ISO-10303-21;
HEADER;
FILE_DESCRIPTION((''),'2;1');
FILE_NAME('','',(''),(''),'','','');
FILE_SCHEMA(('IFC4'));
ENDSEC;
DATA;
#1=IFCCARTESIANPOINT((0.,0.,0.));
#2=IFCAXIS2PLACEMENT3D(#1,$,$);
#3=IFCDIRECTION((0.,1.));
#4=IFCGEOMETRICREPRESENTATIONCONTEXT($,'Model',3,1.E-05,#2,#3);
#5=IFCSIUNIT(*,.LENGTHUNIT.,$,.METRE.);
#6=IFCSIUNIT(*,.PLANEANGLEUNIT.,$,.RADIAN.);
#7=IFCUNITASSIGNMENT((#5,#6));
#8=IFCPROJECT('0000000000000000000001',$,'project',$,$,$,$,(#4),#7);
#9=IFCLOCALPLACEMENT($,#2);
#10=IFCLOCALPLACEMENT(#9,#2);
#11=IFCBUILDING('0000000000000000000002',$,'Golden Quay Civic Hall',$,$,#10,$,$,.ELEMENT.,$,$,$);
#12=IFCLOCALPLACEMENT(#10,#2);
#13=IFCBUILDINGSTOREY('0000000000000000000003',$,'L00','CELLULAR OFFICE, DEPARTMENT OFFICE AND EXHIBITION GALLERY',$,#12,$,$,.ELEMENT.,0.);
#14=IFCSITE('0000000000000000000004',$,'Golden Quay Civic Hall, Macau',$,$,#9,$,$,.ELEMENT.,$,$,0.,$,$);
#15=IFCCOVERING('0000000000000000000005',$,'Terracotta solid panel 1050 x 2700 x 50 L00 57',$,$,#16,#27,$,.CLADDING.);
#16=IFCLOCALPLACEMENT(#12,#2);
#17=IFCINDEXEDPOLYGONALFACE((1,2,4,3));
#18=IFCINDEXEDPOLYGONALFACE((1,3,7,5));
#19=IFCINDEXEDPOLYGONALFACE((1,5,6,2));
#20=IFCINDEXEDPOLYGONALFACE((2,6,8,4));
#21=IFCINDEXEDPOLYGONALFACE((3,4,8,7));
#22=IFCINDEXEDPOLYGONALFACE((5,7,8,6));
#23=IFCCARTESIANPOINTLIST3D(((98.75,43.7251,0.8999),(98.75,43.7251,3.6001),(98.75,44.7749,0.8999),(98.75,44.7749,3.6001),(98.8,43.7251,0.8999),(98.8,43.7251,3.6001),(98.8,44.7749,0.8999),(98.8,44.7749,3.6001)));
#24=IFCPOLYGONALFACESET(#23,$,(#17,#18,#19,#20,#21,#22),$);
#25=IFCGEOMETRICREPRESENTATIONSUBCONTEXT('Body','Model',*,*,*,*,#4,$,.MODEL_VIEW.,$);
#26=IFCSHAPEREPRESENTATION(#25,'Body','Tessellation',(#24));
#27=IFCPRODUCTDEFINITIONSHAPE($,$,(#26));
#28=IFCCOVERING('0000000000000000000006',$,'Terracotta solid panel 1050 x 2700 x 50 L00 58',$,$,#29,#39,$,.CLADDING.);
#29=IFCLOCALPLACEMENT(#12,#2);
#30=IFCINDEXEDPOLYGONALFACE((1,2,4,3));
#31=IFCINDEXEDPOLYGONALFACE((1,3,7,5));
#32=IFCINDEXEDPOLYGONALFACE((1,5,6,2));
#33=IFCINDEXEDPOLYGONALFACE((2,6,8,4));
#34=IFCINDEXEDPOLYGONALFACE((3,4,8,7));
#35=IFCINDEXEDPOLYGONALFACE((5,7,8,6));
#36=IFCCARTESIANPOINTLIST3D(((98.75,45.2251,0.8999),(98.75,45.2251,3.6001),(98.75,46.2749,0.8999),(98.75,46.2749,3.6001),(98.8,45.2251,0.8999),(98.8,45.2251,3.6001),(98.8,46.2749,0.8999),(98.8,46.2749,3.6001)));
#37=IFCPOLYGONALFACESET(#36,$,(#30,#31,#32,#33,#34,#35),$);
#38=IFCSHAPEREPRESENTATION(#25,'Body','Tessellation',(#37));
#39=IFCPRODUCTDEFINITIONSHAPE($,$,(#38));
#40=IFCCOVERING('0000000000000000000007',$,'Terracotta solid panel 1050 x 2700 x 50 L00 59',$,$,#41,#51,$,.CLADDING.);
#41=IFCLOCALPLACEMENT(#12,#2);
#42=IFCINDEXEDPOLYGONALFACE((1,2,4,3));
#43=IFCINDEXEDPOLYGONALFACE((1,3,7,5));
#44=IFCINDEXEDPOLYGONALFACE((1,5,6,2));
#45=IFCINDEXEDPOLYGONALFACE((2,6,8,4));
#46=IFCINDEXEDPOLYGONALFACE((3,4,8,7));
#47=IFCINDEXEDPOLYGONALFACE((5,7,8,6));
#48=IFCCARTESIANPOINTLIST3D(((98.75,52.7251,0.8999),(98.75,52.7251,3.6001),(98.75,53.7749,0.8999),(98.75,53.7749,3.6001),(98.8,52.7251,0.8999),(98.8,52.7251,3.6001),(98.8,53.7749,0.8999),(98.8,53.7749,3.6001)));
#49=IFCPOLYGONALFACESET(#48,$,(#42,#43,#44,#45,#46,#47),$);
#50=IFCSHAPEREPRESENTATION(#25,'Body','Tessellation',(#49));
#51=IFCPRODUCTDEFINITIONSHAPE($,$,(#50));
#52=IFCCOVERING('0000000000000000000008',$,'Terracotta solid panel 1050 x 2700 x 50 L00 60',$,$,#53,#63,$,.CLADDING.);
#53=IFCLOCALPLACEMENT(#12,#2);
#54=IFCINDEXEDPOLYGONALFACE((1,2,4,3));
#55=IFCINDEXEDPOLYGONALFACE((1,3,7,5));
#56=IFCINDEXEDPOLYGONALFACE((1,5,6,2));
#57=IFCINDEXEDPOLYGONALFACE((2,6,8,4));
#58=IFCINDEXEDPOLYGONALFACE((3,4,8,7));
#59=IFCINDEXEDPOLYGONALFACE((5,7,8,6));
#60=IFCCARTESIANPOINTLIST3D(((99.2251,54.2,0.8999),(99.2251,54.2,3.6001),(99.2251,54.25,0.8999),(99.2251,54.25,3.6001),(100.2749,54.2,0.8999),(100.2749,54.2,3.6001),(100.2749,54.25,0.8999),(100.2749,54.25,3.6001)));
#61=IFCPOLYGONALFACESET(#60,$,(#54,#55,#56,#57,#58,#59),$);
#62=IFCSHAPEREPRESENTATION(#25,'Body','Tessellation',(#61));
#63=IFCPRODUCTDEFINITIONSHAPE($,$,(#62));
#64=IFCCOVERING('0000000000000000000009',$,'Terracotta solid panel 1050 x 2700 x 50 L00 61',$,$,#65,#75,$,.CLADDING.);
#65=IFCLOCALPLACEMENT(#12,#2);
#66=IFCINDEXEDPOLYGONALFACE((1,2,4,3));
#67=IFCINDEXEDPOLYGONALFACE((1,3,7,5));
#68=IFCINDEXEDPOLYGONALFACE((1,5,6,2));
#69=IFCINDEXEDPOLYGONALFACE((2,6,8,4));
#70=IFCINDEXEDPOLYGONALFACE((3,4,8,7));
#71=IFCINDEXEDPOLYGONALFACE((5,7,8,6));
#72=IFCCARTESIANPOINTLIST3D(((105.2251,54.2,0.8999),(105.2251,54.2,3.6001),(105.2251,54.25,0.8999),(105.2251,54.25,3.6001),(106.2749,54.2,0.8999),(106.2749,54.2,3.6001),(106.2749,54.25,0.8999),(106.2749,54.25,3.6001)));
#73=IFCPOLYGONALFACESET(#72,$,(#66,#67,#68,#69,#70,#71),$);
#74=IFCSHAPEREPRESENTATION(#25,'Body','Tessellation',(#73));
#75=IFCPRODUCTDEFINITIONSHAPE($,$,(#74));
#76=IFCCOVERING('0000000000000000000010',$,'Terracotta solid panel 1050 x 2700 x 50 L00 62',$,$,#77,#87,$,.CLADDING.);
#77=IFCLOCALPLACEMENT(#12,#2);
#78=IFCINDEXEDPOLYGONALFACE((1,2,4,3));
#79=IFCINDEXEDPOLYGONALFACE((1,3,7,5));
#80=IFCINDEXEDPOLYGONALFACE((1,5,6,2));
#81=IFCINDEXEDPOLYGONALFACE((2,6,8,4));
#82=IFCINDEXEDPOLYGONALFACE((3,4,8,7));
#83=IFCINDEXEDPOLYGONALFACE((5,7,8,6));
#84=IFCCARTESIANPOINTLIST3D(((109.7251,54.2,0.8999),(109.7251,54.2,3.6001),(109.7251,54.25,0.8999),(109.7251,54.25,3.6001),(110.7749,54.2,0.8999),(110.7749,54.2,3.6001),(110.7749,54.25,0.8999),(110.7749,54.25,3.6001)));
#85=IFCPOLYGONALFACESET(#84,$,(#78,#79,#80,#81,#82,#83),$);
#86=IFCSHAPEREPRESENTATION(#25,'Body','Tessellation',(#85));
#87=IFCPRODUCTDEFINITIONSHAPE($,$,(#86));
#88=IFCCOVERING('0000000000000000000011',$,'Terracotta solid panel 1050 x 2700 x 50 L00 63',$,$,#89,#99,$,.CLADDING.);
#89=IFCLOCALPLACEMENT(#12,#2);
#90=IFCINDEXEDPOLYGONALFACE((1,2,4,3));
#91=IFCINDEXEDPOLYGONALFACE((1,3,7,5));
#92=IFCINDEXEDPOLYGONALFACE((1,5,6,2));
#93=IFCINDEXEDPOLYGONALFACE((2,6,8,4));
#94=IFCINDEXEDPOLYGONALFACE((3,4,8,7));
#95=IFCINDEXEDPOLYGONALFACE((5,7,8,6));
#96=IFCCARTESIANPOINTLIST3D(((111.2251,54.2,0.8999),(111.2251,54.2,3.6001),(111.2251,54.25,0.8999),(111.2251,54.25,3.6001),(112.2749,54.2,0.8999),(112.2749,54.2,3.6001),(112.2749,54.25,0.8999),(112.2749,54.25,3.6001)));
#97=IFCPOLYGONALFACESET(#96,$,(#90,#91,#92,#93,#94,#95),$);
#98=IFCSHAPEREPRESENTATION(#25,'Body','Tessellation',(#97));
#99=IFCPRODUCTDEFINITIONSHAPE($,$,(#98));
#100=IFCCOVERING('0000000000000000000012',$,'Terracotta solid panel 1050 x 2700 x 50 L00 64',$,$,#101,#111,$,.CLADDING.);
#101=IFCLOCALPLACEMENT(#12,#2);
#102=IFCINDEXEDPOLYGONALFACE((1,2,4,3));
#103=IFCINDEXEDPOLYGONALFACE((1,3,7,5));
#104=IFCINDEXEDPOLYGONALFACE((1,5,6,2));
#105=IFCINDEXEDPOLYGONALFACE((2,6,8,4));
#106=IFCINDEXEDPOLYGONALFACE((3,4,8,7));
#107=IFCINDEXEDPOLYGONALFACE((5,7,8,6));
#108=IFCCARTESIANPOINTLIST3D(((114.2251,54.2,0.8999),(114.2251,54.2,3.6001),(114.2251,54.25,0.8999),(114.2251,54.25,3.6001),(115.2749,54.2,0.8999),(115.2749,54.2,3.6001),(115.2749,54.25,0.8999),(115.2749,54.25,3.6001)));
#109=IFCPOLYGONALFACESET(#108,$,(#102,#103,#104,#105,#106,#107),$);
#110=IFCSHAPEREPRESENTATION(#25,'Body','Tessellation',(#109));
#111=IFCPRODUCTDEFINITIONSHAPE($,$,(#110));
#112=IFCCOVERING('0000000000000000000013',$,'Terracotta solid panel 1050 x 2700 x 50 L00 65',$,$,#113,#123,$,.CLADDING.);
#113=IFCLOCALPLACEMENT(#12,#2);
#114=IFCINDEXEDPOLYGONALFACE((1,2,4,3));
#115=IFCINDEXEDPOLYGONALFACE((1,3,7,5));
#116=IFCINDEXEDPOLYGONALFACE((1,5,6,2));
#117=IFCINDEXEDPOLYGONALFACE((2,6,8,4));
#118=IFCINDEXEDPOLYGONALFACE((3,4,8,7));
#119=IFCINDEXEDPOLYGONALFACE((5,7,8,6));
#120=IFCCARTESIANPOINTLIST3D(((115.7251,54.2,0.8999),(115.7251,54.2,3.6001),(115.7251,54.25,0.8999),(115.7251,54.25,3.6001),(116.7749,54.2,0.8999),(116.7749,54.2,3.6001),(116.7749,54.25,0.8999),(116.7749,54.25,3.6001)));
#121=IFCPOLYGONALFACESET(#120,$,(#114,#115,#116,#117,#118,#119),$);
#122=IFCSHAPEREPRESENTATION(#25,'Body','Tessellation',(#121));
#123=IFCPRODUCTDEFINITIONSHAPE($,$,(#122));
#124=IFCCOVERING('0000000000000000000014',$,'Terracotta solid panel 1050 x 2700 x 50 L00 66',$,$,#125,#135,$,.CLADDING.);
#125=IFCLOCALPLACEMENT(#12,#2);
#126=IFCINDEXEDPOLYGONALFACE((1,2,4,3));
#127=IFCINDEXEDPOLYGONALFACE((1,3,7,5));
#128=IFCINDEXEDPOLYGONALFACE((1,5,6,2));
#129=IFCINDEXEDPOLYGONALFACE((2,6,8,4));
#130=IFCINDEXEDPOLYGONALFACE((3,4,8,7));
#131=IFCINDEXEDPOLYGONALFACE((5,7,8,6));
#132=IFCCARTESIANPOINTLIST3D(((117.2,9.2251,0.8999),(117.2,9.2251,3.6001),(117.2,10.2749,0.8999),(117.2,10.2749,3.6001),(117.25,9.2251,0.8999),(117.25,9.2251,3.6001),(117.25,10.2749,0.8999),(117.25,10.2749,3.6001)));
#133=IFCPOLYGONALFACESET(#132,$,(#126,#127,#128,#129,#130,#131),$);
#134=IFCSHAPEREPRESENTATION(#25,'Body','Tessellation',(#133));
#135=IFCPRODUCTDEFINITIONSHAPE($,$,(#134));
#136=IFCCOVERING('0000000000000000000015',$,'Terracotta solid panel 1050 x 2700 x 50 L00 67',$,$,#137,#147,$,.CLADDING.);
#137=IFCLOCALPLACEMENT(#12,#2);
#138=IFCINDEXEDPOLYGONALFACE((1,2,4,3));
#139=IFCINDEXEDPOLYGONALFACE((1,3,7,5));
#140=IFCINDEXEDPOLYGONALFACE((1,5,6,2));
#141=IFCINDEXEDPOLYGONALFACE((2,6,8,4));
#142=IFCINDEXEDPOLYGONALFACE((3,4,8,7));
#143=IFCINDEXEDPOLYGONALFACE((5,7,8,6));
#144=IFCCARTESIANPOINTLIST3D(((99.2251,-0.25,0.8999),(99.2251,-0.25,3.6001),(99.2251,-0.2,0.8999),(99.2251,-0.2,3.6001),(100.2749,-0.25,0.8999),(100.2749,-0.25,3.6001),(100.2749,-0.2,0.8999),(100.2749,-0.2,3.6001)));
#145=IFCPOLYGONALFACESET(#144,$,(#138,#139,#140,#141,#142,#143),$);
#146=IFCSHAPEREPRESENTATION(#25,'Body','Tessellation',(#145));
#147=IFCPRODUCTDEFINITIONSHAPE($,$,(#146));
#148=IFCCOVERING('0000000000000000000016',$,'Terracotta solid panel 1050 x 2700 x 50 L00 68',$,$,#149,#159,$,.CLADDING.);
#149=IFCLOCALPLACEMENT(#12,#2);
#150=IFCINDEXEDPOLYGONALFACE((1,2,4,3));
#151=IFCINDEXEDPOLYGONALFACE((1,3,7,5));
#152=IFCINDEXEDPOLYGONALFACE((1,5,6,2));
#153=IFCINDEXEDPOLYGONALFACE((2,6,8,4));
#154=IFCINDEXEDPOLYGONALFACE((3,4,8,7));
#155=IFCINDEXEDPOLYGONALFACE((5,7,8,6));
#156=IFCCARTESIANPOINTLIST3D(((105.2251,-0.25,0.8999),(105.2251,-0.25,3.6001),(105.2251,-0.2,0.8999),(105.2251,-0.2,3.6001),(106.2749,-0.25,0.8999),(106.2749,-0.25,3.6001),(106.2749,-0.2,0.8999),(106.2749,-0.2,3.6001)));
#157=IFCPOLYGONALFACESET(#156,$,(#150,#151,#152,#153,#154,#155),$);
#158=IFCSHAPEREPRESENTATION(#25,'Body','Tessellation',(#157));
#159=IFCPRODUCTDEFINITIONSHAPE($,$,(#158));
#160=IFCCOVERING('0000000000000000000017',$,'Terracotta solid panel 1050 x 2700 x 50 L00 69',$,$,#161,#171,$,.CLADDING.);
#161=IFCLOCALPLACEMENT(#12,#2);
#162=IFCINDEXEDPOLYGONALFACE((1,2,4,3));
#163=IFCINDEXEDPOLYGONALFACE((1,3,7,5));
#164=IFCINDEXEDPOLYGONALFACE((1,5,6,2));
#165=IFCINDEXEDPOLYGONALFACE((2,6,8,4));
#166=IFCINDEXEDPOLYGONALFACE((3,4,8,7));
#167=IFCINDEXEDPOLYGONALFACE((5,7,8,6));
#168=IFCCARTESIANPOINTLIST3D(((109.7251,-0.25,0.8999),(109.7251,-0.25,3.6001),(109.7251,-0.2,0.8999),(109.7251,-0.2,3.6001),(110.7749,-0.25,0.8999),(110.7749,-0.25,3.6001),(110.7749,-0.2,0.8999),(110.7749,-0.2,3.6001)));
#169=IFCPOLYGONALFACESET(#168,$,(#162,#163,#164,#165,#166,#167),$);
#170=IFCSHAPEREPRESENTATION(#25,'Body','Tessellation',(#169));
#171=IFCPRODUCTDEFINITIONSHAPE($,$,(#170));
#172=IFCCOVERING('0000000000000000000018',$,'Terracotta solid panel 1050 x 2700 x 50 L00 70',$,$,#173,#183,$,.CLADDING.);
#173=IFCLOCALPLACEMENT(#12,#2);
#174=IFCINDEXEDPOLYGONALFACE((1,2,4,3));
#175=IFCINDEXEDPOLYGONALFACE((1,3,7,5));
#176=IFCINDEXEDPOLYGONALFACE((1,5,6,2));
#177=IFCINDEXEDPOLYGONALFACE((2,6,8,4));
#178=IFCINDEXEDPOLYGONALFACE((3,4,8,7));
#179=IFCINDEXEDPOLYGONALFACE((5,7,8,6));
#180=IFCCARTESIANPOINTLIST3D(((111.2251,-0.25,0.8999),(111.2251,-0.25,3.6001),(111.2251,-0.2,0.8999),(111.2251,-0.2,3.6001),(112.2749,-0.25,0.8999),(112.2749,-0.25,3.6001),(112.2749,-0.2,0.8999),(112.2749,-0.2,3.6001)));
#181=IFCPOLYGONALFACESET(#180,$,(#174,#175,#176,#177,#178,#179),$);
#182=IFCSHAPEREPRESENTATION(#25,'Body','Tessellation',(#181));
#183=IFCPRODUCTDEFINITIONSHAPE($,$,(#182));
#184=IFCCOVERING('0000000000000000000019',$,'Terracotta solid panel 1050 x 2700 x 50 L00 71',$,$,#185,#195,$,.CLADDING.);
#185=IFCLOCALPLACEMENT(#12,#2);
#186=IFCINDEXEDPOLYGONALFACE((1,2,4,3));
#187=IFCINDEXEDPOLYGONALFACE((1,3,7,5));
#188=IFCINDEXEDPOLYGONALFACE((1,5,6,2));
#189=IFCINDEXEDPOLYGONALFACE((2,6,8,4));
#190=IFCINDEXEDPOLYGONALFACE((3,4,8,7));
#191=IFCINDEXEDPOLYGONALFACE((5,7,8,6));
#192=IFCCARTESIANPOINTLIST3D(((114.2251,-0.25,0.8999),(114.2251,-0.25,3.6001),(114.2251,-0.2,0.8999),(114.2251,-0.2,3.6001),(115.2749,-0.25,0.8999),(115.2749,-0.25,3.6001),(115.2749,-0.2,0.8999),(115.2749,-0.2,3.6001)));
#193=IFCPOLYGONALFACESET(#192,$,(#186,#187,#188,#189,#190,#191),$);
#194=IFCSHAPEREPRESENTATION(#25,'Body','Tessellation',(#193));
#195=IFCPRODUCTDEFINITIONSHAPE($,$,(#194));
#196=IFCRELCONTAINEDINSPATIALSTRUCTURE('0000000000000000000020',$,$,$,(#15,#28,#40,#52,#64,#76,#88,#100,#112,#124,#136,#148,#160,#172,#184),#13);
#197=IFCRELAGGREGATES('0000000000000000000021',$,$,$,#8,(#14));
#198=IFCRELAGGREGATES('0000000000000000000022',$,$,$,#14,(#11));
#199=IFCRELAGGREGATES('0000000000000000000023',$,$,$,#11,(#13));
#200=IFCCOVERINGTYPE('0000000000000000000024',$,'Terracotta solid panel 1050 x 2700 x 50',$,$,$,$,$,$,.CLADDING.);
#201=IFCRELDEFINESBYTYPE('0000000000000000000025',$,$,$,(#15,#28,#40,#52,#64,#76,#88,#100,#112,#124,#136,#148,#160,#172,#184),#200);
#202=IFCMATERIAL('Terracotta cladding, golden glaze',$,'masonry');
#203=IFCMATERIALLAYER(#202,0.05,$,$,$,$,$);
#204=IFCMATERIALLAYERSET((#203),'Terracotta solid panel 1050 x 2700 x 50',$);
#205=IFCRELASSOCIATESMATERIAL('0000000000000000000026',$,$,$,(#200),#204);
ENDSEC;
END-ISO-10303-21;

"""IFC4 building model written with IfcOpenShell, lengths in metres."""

from ifc_helpers import new_model, si_unit, direction, frame, origin, place, context, subcontext, project, spatial, polyline, outline, extrude, material, layer, layer_set, type_object, element, save


model = new_model("IFC4")

# Units and contexts
model_context = context("Model", 3, precision=1e-05, world=origin(), true_north=direction((0.0, 1.0)))
body_context = subcontext(model_context, "Body", "Model", "MODEL_VIEW")
ifc_project = project(units=[si_unit("LENGTHUNIT", "METRE"), si_unit("PLANEANGLEUNIT", "RADIAN")], contexts=[model_context])

# Site, building, storey
site_placement = place(None, origin())
site = spatial("IfcSite", under=ifc_project, at=site_placement, Name="Golden Quay Civic Hall, Macau", CompositionType="ELEMENT", RefElevation=0.0)
building_placement = place(site_placement, origin())
building = spatial("IfcBuilding", under=site, at=building_placement, Name="Golden Quay Civic Hall", CompositionType="ELEMENT")
storey_placement = place(building_placement, origin())
storey = spatial("IfcBuildingStorey", under=building, at=storey_placement, Name="L00", Description="CELLULAR OFFICE, DEPARTMENT OFFICE AND EXHIBITION GALLERY", CompositionType="ELEMENT", Elevation=0.0)

# Coverings
ifc_material_1 = material(Name="Terracotta cladding, golden glaze", Category="masonry")
ifc_layer_1 = layer(ifc_material_1, 0.05)
ifc_layer_set_1 = layer_set([ifc_layer_1], Name="Terracotta solid panel 1050 x 2700 x 50")
covering_type_1 = type_object("IfcCoveringType", Name="Terracotta solid panel 1050 x 2700 x 50", PredefinedType="CLADDING", material=ifc_layer_set_1)
covering_1_placement = place(storey_placement, frame((0.0, 0.0, 0.8999)))
element("IfcCovering", 1, at=covering_1_placement, inside=storey, type_object=covering_type_1, Name="Terracotta solid panel 1050 x 2700 x 50 L00 57", PredefinedType="CLADDING", context=body_context, shape_type="SweptSolid", body=[
    extrude(outline(polyline([(98.8, 43.7251), (98.8, 44.7749), (98.75, 44.7749), (98.75, 43.7251), (98.8, 43.7251)])), origin(), (0.0, 0.0, 1.0), 2.7002),
])
covering_2_placement = place(storey_placement, frame((0.0, 0.0, 0.8999)))
element("IfcCovering", 2, at=covering_2_placement, inside=storey, type_object=covering_type_1, Name="Terracotta solid panel 1050 x 2700 x 50 L00 58", PredefinedType="CLADDING", context=body_context, shape_type="SweptSolid", body=[
    extrude(outline(polyline([(98.8, 45.2251), (98.8, 46.2749), (98.75, 46.2749), (98.75, 45.2251), (98.8, 45.2251)])), origin(), (0.0, 0.0, 1.0), 2.7002),
])
covering_3_placement = place(storey_placement, frame((0.0, 0.0, 0.8999)))
element("IfcCovering", 3, at=covering_3_placement, inside=storey, type_object=covering_type_1, Name="Terracotta solid panel 1050 x 2700 x 50 L00 59", PredefinedType="CLADDING", context=body_context, shape_type="SweptSolid", body=[
    extrude(outline(polyline([(98.8, 52.7251), (98.8, 53.7749), (98.75, 53.7749), (98.75, 52.7251), (98.8, 52.7251)])), origin(), (0.0, 0.0, 1.0), 2.7002),
])
covering_4_placement = place(storey_placement, frame((0.0, 0.0, 0.8999)))
element("IfcCovering", 4, at=covering_4_placement, inside=storey, type_object=covering_type_1, Name="Terracotta solid panel 1050 x 2700 x 50 L00 60", PredefinedType="CLADDING", context=body_context, shape_type="SweptSolid", body=[
    extrude(outline(polyline([(99.2251, 54.2), (100.2749, 54.2), (100.2749, 54.25), (99.2251, 54.25), (99.2251, 54.2)])), origin(), (0.0, 0.0, 1.0), 2.7002),
])
covering_5_placement = place(storey_placement, frame((0.0, 0.0, 0.8999)))
element("IfcCovering", 5, at=covering_5_placement, inside=storey, type_object=covering_type_1, Name="Terracotta solid panel 1050 x 2700 x 50 L00 61", PredefinedType="CLADDING", context=body_context, shape_type="SweptSolid", body=[
    extrude(outline(polyline([(105.2251, 54.2), (106.2749, 54.2), (106.2749, 54.25), (105.2251, 54.25), (105.2251, 54.2)])), origin(), (0.0, 0.0, 1.0), 2.7002),
])
covering_6_placement = place(storey_placement, frame((0.0, 0.0, 0.8999)))
element("IfcCovering", 6, at=covering_6_placement, inside=storey, type_object=covering_type_1, Name="Terracotta solid panel 1050 x 2700 x 50 L00 62", PredefinedType="CLADDING", context=body_context, shape_type="SweptSolid", body=[
    extrude(outline(polyline([(109.7251, 54.2), (110.7749, 54.2), (110.7749, 54.25), (109.7251, 54.25), (109.7251, 54.2)])), origin(), (0.0, 0.0, 1.0), 2.7002),
])
covering_7_placement = place(storey_placement, frame((0.0, 0.0, 0.8999)))
element("IfcCovering", 7, at=covering_7_placement, inside=storey, type_object=covering_type_1, Name="Terracotta solid panel 1050 x 2700 x 50 L00 63", PredefinedType="CLADDING", context=body_context, shape_type="SweptSolid", body=[
    extrude(outline(polyline([(111.2251, 54.2), (112.2749, 54.2), (112.2749, 54.25), (111.2251, 54.25), (111.2251, 54.2)])), origin(), (0.0, 0.0, 1.0), 2.7002),
])
covering_8_placement = place(storey_placement, frame((0.0, 0.0, 0.8999)))
element("IfcCovering", 8, at=covering_8_placement, inside=storey, type_object=covering_type_1, Name="Terracotta solid panel 1050 x 2700 x 50 L00 64", PredefinedType="CLADDING", context=body_context, shape_type="SweptSolid", body=[
    extrude(outline(polyline([(114.2251, 54.2), (115.2749, 54.2), (115.2749, 54.25), (114.2251, 54.25), (114.2251, 54.2)])), origin(), (0.0, 0.0, 1.0), 2.7002),
])
covering_9_placement = place(storey_placement, frame((0.0, 0.0, 0.8999)))
element("IfcCovering", 9, at=covering_9_placement, inside=storey, type_object=covering_type_1, Name="Terracotta solid panel 1050 x 2700 x 50 L00 65", PredefinedType="CLADDING", context=body_context, shape_type="SweptSolid", body=[
    extrude(outline(polyline([(115.7251, 54.2), (116.7749, 54.2), (116.7749, 54.25), (115.7251, 54.25), (115.7251, 54.2)])), origin(), (0.0, 0.0, 1.0), 2.7002),
])
covering_10_placement = place(storey_placement, frame((0.0, 0.0, 0.8999)))
element("IfcCovering", 10, at=covering_10_placement, inside=storey, type_object=covering_type_1, Name="Terracotta solid panel 1050 x 2700 x 50 L00 66", PredefinedType="CLADDING", context=body_context, shape_type="SweptSolid", body=[
    extrude(outline(polyline([(117.2, 9.2251), (117.2, 10.2749), (117.25, 10.2749), (117.25, 9.2251), (117.2, 9.2251)])), origin(), (0.0, 0.0, 1.0), 2.7002),
])
covering_11_placement = place(storey_placement, frame((0.0, 0.0, 0.8999)))
element("IfcCovering", 11, at=covering_11_placement, inside=storey, type_object=covering_type_1, Name="Terracotta solid panel 1050 x 2700 x 50 L00 67", PredefinedType="CLADDING", context=body_context, shape_type="SweptSolid", body=[
    extrude(outline(polyline([(99.2251, -0.2), (100.2749, -0.2), (100.2749, -0.25), (99.2251, -0.25), (99.2251, -0.2)])), origin(), (0.0, 0.0, 1.0), 2.7002),
])
covering_12_placement = place(storey_placement, frame((0.0, 0.0, 0.8999)))
element("IfcCovering", 12, at=covering_12_placement, inside=storey, type_object=covering_type_1, Name="Terracotta solid panel 1050 x 2700 x 50 L00 68", PredefinedType="CLADDING", context=body_context, shape_type="SweptSolid", body=[
    extrude(outline(polyline([(105.2251, -0.2), (106.2749, -0.2), (106.2749, -0.25), (105.2251, -0.25), (105.2251, -0.2)])), origin(), (0.0, 0.0, 1.0), 2.7002),
])
covering_13_placement = place(storey_placement, frame((0.0, 0.0, 0.8999)))
element("IfcCovering", 13, at=covering_13_placement, inside=storey, type_object=covering_type_1, Name="Terracotta solid panel 1050 x 2700 x 50 L00 69", PredefinedType="CLADDING", context=body_context, shape_type="SweptSolid", body=[
    extrude(outline(polyline([(109.7251, -0.2), (110.7749, -0.2), (110.7749, -0.25), (109.7251, -0.25), (109.7251, -0.2)])), origin(), (0.0, 0.0, 1.0), 2.7002),
])
covering_14_placement = place(storey_placement, frame((0.0, 0.0, 0.8999)))
element("IfcCovering", 14, at=covering_14_placement, inside=storey, type_object=covering_type_1, Name="Terracotta solid panel 1050 x 2700 x 50 L00 70", PredefinedType="CLADDING", context=body_context, shape_type="SweptSolid", body=[
    extrude(outline(polyline([(111.2251, -0.2), (112.2749, -0.2), (112.2749, -0.25), (111.2251, -0.25), (111.2251, -0.2)])), origin(), (0.0, 0.0, 1.0), 2.7002),
])
covering_15_placement = place(storey_placement, frame((0.0, 0.0, 0.8999)))
element("IfcCovering", 15, at=covering_15_placement, inside=storey, type_object=covering_type_1, Name="Terracotta solid panel 1050 x 2700 x 50 L00 71", PredefinedType="CLADDING", context=body_context, shape_type="SweptSolid", body=[
    extrude(outline(polyline([(114.2251, -0.2), (115.2749, -0.2), (115.2749, -0.25), (114.2251, -0.25), (114.2251, -0.2)])), origin(), (0.0, 0.0, 1.0), 2.7002),
])

save(model, "model.ifc")
